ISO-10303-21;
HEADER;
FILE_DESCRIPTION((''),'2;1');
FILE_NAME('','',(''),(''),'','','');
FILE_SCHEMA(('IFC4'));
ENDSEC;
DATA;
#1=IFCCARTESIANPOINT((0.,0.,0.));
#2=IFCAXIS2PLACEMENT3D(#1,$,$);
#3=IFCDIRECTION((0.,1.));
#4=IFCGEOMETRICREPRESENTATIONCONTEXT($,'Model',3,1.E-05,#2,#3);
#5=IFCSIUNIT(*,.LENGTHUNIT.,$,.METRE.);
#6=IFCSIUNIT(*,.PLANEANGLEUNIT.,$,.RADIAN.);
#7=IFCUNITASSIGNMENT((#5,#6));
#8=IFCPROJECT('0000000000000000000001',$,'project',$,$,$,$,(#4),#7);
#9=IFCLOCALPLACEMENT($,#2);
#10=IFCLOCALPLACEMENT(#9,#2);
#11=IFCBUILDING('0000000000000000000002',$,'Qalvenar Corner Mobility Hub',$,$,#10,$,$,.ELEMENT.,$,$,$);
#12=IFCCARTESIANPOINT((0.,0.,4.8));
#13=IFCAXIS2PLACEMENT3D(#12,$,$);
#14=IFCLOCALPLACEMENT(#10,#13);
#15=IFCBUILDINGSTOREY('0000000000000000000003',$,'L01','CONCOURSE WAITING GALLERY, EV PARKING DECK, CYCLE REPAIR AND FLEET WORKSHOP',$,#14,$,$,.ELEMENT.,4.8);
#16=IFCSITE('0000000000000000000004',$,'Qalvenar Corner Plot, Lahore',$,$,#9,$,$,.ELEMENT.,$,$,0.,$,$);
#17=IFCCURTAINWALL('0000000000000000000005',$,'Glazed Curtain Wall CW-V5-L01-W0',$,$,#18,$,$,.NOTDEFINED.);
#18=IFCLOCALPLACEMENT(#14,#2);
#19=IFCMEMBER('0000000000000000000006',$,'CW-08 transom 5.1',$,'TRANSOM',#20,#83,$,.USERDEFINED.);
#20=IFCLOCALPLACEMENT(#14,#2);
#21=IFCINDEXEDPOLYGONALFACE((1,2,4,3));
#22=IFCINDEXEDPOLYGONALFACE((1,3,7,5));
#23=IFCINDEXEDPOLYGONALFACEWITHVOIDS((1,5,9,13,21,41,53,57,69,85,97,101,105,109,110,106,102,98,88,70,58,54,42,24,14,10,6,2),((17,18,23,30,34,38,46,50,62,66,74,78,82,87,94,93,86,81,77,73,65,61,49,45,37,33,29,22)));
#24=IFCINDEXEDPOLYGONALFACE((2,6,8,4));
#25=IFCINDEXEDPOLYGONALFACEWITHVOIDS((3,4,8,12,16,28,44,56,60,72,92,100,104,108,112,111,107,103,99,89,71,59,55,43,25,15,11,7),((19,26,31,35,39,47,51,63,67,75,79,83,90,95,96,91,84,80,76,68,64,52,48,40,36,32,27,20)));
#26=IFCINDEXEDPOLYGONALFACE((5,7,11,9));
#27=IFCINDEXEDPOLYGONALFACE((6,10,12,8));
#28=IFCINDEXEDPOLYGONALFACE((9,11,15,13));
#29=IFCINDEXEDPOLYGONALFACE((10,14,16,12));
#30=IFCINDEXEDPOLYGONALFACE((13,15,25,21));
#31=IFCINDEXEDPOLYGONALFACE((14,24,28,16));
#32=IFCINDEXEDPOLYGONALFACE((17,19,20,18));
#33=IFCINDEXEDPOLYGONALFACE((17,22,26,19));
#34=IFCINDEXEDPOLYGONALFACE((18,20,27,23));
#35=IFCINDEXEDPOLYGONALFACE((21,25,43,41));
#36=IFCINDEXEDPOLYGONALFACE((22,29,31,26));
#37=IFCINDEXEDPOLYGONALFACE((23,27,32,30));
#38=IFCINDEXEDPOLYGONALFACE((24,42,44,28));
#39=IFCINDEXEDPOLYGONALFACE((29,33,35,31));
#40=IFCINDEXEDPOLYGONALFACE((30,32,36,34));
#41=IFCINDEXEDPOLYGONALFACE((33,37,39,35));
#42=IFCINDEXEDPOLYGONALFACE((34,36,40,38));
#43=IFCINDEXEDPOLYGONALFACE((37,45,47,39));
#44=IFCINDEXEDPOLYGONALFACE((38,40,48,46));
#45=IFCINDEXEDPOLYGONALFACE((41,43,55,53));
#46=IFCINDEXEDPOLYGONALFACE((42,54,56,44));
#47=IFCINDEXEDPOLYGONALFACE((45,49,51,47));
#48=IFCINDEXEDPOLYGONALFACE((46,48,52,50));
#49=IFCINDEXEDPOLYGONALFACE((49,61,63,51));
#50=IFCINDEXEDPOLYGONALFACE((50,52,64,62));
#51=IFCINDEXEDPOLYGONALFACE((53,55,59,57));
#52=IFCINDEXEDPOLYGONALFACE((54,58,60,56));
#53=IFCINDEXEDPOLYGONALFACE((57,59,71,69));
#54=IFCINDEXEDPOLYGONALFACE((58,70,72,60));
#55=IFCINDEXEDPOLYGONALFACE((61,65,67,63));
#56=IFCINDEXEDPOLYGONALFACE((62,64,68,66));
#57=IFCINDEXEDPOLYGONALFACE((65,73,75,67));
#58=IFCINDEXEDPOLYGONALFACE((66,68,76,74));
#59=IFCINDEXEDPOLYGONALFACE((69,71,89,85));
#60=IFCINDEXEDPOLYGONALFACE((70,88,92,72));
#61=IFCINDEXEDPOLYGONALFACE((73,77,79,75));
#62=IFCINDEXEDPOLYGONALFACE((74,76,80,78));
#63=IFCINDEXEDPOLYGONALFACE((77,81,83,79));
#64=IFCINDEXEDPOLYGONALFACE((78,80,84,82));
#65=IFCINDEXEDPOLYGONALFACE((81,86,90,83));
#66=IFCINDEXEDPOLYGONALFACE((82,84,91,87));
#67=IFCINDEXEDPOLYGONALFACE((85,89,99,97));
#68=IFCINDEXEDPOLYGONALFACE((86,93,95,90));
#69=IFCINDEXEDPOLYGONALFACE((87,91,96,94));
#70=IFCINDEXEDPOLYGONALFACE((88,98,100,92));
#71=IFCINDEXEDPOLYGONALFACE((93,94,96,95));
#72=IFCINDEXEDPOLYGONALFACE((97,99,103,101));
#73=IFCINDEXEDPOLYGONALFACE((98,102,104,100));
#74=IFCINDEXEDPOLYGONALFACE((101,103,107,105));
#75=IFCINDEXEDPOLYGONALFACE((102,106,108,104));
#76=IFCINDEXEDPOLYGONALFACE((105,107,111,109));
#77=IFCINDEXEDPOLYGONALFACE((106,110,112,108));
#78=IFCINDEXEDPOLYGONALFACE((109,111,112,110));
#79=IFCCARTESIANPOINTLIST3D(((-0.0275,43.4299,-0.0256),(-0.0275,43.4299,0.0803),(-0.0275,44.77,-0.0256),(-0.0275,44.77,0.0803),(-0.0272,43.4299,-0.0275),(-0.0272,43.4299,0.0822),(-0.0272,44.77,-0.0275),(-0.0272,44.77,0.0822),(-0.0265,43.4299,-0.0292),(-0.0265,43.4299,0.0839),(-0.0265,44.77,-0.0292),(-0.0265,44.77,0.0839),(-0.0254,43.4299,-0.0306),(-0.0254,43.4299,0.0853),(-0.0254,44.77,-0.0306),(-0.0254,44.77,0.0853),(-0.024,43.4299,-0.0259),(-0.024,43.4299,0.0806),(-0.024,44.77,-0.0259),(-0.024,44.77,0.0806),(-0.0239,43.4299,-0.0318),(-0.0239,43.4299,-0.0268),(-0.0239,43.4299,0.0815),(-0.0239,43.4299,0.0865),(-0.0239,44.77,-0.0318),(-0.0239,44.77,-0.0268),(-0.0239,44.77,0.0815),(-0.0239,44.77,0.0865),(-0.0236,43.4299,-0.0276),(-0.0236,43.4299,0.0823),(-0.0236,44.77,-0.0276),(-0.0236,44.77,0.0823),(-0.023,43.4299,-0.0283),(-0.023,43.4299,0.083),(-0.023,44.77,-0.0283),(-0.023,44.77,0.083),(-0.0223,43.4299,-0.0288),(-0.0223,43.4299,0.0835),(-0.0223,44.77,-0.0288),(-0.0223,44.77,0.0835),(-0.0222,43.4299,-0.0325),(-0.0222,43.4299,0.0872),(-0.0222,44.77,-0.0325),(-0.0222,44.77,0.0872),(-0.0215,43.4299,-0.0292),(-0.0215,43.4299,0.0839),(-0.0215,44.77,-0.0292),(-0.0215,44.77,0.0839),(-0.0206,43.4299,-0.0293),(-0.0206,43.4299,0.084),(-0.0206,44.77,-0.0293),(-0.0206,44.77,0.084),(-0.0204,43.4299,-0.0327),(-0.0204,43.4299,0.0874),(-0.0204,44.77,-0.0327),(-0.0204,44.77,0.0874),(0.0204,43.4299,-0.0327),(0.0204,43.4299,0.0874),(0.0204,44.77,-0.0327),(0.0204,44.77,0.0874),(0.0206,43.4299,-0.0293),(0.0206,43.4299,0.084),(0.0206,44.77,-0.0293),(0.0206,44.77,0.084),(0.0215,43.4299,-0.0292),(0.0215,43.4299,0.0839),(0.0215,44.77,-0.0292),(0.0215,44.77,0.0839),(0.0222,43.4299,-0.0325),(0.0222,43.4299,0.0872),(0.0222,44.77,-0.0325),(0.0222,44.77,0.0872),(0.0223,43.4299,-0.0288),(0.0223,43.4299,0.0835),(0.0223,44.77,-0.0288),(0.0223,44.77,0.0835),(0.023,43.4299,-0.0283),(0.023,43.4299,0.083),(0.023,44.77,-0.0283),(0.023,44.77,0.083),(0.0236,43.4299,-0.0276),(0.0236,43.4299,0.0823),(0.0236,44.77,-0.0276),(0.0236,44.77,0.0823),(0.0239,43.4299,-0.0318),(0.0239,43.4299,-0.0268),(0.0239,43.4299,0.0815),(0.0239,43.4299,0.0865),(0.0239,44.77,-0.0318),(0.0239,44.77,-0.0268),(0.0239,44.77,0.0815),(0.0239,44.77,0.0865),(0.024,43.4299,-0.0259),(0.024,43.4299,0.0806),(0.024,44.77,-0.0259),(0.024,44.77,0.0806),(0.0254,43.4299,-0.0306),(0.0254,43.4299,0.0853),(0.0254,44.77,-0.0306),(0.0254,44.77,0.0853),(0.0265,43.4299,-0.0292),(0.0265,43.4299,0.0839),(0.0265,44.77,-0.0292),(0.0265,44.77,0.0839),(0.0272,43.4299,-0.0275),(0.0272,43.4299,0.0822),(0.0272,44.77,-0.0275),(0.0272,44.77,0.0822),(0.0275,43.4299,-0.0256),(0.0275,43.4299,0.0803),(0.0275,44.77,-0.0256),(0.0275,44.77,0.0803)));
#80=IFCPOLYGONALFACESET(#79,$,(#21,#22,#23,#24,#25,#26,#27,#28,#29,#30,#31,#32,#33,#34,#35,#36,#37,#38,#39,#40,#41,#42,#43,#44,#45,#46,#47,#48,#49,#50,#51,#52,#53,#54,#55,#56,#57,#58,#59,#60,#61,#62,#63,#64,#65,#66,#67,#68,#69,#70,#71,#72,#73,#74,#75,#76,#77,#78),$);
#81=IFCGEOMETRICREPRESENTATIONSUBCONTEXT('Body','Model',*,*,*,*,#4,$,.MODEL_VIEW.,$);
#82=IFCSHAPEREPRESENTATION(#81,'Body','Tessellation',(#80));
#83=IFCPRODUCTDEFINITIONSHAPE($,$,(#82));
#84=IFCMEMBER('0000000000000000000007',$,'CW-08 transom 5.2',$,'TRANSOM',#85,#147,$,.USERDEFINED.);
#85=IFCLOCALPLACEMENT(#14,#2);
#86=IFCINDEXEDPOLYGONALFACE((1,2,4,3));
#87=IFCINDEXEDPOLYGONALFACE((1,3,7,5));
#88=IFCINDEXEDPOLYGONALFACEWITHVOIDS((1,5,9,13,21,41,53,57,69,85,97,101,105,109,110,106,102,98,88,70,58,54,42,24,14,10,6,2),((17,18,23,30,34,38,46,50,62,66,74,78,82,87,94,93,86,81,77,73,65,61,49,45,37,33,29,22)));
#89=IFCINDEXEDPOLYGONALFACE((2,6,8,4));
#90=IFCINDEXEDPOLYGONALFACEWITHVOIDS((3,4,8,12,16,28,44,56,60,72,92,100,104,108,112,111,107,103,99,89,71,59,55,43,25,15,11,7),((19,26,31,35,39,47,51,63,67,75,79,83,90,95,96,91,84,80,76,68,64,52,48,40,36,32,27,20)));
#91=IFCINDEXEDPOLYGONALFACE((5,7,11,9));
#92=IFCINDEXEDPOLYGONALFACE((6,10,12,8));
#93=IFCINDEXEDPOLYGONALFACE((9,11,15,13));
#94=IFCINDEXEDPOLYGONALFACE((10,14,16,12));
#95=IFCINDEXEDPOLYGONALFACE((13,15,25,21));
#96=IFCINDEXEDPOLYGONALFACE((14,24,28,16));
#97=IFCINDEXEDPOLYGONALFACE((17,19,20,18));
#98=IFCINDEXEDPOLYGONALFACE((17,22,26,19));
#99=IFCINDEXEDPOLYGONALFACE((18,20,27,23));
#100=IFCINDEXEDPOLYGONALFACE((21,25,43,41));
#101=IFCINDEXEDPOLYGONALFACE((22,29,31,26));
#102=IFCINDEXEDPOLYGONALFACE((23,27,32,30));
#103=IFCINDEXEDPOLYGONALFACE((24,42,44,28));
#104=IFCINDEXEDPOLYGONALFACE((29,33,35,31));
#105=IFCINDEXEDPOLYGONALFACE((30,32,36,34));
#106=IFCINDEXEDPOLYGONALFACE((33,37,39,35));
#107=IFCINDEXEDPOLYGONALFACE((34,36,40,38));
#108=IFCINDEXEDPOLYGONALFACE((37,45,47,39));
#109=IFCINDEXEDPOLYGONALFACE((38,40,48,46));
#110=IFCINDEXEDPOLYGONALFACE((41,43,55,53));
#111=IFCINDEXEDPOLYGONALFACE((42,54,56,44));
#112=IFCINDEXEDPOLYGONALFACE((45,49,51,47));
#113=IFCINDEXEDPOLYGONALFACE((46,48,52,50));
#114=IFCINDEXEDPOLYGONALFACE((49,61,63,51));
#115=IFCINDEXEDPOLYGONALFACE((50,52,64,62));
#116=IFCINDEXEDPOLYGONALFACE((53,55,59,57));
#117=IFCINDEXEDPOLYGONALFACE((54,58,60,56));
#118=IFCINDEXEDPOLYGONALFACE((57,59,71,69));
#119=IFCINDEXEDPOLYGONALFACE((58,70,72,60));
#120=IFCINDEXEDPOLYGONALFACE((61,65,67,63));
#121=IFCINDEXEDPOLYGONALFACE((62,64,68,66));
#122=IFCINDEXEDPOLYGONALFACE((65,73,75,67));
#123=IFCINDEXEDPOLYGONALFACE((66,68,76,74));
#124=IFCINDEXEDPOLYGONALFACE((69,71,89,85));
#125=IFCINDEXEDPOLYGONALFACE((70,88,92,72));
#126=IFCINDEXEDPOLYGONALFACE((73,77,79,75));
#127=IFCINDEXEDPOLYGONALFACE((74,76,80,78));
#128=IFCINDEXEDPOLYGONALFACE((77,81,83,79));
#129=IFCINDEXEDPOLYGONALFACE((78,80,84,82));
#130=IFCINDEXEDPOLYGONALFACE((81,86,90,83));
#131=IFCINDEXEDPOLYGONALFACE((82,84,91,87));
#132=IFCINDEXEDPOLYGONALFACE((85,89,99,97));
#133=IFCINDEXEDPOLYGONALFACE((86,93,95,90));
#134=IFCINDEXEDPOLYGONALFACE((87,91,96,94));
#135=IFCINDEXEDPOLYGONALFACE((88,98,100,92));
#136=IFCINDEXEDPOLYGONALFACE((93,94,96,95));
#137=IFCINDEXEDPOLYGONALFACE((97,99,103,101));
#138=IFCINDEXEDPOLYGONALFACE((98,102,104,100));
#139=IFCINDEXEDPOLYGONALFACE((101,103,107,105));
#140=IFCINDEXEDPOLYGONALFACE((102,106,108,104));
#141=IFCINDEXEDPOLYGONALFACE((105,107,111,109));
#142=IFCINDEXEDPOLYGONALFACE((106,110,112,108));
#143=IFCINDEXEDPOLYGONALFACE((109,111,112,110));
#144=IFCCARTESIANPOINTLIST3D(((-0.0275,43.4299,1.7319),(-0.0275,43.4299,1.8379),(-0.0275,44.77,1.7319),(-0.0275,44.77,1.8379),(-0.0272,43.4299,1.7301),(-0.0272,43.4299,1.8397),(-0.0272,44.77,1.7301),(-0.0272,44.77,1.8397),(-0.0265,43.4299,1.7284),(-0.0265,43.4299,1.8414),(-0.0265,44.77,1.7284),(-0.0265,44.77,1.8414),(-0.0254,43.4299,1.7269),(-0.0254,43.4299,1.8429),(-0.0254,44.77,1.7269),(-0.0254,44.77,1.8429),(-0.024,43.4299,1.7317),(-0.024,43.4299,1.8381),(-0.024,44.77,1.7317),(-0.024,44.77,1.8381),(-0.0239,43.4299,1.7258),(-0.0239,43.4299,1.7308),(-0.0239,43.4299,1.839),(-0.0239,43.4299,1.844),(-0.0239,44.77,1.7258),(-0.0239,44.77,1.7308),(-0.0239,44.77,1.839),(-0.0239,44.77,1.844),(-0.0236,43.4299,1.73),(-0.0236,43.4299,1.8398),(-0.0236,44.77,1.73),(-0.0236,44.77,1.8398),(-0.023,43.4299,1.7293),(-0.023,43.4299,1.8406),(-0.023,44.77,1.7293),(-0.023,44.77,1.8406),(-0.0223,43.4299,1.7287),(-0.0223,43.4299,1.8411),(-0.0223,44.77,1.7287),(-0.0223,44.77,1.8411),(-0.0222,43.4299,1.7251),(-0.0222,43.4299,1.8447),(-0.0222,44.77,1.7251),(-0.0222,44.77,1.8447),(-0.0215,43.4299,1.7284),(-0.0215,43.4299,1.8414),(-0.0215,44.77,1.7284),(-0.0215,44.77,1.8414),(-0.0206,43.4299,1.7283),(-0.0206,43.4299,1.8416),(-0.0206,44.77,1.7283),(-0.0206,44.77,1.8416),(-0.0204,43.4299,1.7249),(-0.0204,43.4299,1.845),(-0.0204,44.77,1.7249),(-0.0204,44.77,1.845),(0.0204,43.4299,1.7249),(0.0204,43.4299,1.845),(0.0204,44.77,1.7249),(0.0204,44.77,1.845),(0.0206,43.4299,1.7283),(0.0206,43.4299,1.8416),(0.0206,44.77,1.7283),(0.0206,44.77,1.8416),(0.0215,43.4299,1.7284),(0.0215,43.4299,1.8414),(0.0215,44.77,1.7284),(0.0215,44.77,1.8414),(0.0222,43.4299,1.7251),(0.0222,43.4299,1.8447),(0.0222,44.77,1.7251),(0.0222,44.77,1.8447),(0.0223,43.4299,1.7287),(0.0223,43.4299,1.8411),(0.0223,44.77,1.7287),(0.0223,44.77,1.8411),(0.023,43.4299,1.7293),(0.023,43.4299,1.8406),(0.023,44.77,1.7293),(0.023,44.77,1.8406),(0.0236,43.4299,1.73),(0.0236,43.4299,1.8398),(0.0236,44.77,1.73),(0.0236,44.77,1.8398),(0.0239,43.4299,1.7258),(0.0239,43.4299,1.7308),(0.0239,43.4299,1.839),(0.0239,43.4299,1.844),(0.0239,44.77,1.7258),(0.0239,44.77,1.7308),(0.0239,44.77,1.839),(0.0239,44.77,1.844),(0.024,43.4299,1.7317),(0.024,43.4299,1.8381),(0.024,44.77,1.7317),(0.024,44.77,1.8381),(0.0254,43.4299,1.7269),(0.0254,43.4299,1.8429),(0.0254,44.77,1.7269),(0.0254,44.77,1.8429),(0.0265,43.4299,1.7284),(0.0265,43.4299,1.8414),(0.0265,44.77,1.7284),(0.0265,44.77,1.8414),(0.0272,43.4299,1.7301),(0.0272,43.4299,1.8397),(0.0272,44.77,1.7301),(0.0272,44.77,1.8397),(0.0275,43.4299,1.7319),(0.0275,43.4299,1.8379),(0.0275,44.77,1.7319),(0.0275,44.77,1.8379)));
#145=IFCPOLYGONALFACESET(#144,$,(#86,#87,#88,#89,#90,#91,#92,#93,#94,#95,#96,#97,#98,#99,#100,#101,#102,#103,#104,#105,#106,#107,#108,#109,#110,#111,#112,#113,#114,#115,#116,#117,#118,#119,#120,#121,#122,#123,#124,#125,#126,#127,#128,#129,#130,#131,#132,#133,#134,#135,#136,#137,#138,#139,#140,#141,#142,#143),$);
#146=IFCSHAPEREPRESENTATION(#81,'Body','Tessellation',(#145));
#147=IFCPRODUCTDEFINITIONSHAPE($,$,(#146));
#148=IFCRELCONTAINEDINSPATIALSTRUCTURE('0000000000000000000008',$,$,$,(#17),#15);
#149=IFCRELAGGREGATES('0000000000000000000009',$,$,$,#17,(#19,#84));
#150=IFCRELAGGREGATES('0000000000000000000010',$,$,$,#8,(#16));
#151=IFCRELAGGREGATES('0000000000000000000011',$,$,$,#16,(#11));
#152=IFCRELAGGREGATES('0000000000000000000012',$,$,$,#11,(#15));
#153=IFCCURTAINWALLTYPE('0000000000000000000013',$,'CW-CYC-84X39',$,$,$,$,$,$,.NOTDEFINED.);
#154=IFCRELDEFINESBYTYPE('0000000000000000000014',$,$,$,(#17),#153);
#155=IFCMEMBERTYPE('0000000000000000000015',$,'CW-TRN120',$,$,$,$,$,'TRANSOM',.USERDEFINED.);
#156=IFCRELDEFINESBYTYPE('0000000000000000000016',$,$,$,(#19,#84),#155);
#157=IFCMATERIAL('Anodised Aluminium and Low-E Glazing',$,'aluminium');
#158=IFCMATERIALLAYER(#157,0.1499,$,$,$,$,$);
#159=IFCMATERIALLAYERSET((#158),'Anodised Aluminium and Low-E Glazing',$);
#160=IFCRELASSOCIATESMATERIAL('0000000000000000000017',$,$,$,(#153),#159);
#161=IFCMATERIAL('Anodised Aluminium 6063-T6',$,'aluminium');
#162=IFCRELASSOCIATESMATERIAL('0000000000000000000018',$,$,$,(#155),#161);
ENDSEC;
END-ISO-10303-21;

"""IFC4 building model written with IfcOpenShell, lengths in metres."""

from ifc_helpers import new_model, si_unit, direction, frame, origin, origin_2d, place, context, subcontext, project, spatial, hollow_rectangle, extrude, material, layer, layer_set, material_profile, profile_set, type_object, element, aggregate, save


model = new_model("IFC4")

# Units and contexts
model_context = context("Model", 3, precision=1e-05, world=origin(), true_north=direction((0.0, 1.0)))
body_context = subcontext(model_context, "Body", "Model", "MODEL_VIEW")
ifc_project = project(units=[si_unit("LENGTHUNIT", "METRE"), si_unit("PLANEANGLEUNIT", "RADIAN")], contexts=[model_context])

# Site, building, storey
site_placement = place(None, origin())
site = spatial("IfcSite", under=ifc_project, at=site_placement, Name="Qalvenar Corner Plot, Lahore", CompositionType="ELEMENT", RefElevation=0.0)
building_placement = place(site_placement, origin())
building = spatial("IfcBuilding", under=site, at=building_placement, Name="Qalvenar Corner Mobility Hub", CompositionType="ELEMENT")
storey_placement = place(building_placement, frame((0.0, 0.0, 4.8)))
storey = spatial("IfcBuildingStorey", under=building, at=storey_placement, Name="L01", Description="CONCOURSE WAITING GALLERY, EV PARKING DECK, CYCLE REPAIR AND FLEET WORKSHOP", CompositionType="ELEMENT", Elevation=4.8)

# Curtain wall, members
ifc_material_1 = material(Name="Anodised Aluminium and Low-E Glazing", Category="aluminium")
ifc_layer_1 = layer(ifc_material_1, 0.1499)
ifc_layer_set_1 = layer_set([ifc_layer_1], Name="Anodised Aluminium and Low-E Glazing")
curtain_wall_type = type_object("IfcCurtainWallType", Name="CW-CYC-84X39", PredefinedType="NOTDEFINED", material=ifc_layer_set_1)
curtain_wall_placement = place(storey_placement, origin())
curtain_wall = element("IfcCurtainWall", 1, at=curtain_wall_placement, inside=storey, type_object=curtain_wall_type, Name="Glazed Curtain Wall CW-V5-L01-W0", PredefinedType="NOTDEFINED")
ifc_material_2 = material(Name="Anodised Aluminium 6063-T6", Category="aluminium")
ifc_material_profile_1 = material_profile(ifc_material_2, hollow_rectangle(XDim=0.0549, YDim=0.1201, WallThickness=0.0034, InnerFilletRadius=0.0034, OuterFilletRadius=0.0071, at=origin_2d()), Name="RHS120x55x3.5")
ifc_profile_set_1 = profile_set([ifc_material_profile_1], Name="Anodised Aluminium 6063-T6")
member_type_1 = type_object("IfcMemberType", Name="CW-TRN120", ElementType="TRANSOM", PredefinedType="USERDEFINED", material=ifc_profile_set_1)
member_1_placement = place(storey_placement, frame((0.0, 44.77, 0.0273), z_axis=(0.0, -1.0, 0.0), x_axis=(1.0, 0.0, 0.0)))
member_1 = element("IfcMember", 2, at=member_1_placement, type_object=member_type_1, Name="CW-08 transom 5.1", ObjectType="TRANSOM", PredefinedType="USERDEFINED", context=body_context, shape_type="SweptSolid", body=[
    extrude(hollow_rectangle(XDim=0.0549, YDim=0.1201, WallThickness=0.0034, InnerFilletRadius=0.0034, OuterFilletRadius=0.0071, at=origin_2d()), origin(), (0.0, 0.0, 1.0), 1.3401),
])
member_2_placement = place(storey_placement, frame((0.0, 44.77, 1.7849), z_axis=(0.0, -1.0, 0.0), x_axis=(1.0, 0.0, 0.0)))
member_2 = element("IfcMember", 3, at=member_2_placement, type_object=member_type_1, Name="CW-08 transom 5.2", ObjectType="TRANSOM", PredefinedType="USERDEFINED", context=body_context, shape_type="SweptSolid", body=[
    extrude(hollow_rectangle(XDim=0.0549, YDim=0.1201, WallThickness=0.0034, InnerFilletRadius=0.0034, OuterFilletRadius=0.0071, at=origin_2d()), origin(), (0.0, 0.0, 1.0), 1.3401),
])
aggregate(curtain_wall, [member_1, member_2])

save(model, "model.ifc")
